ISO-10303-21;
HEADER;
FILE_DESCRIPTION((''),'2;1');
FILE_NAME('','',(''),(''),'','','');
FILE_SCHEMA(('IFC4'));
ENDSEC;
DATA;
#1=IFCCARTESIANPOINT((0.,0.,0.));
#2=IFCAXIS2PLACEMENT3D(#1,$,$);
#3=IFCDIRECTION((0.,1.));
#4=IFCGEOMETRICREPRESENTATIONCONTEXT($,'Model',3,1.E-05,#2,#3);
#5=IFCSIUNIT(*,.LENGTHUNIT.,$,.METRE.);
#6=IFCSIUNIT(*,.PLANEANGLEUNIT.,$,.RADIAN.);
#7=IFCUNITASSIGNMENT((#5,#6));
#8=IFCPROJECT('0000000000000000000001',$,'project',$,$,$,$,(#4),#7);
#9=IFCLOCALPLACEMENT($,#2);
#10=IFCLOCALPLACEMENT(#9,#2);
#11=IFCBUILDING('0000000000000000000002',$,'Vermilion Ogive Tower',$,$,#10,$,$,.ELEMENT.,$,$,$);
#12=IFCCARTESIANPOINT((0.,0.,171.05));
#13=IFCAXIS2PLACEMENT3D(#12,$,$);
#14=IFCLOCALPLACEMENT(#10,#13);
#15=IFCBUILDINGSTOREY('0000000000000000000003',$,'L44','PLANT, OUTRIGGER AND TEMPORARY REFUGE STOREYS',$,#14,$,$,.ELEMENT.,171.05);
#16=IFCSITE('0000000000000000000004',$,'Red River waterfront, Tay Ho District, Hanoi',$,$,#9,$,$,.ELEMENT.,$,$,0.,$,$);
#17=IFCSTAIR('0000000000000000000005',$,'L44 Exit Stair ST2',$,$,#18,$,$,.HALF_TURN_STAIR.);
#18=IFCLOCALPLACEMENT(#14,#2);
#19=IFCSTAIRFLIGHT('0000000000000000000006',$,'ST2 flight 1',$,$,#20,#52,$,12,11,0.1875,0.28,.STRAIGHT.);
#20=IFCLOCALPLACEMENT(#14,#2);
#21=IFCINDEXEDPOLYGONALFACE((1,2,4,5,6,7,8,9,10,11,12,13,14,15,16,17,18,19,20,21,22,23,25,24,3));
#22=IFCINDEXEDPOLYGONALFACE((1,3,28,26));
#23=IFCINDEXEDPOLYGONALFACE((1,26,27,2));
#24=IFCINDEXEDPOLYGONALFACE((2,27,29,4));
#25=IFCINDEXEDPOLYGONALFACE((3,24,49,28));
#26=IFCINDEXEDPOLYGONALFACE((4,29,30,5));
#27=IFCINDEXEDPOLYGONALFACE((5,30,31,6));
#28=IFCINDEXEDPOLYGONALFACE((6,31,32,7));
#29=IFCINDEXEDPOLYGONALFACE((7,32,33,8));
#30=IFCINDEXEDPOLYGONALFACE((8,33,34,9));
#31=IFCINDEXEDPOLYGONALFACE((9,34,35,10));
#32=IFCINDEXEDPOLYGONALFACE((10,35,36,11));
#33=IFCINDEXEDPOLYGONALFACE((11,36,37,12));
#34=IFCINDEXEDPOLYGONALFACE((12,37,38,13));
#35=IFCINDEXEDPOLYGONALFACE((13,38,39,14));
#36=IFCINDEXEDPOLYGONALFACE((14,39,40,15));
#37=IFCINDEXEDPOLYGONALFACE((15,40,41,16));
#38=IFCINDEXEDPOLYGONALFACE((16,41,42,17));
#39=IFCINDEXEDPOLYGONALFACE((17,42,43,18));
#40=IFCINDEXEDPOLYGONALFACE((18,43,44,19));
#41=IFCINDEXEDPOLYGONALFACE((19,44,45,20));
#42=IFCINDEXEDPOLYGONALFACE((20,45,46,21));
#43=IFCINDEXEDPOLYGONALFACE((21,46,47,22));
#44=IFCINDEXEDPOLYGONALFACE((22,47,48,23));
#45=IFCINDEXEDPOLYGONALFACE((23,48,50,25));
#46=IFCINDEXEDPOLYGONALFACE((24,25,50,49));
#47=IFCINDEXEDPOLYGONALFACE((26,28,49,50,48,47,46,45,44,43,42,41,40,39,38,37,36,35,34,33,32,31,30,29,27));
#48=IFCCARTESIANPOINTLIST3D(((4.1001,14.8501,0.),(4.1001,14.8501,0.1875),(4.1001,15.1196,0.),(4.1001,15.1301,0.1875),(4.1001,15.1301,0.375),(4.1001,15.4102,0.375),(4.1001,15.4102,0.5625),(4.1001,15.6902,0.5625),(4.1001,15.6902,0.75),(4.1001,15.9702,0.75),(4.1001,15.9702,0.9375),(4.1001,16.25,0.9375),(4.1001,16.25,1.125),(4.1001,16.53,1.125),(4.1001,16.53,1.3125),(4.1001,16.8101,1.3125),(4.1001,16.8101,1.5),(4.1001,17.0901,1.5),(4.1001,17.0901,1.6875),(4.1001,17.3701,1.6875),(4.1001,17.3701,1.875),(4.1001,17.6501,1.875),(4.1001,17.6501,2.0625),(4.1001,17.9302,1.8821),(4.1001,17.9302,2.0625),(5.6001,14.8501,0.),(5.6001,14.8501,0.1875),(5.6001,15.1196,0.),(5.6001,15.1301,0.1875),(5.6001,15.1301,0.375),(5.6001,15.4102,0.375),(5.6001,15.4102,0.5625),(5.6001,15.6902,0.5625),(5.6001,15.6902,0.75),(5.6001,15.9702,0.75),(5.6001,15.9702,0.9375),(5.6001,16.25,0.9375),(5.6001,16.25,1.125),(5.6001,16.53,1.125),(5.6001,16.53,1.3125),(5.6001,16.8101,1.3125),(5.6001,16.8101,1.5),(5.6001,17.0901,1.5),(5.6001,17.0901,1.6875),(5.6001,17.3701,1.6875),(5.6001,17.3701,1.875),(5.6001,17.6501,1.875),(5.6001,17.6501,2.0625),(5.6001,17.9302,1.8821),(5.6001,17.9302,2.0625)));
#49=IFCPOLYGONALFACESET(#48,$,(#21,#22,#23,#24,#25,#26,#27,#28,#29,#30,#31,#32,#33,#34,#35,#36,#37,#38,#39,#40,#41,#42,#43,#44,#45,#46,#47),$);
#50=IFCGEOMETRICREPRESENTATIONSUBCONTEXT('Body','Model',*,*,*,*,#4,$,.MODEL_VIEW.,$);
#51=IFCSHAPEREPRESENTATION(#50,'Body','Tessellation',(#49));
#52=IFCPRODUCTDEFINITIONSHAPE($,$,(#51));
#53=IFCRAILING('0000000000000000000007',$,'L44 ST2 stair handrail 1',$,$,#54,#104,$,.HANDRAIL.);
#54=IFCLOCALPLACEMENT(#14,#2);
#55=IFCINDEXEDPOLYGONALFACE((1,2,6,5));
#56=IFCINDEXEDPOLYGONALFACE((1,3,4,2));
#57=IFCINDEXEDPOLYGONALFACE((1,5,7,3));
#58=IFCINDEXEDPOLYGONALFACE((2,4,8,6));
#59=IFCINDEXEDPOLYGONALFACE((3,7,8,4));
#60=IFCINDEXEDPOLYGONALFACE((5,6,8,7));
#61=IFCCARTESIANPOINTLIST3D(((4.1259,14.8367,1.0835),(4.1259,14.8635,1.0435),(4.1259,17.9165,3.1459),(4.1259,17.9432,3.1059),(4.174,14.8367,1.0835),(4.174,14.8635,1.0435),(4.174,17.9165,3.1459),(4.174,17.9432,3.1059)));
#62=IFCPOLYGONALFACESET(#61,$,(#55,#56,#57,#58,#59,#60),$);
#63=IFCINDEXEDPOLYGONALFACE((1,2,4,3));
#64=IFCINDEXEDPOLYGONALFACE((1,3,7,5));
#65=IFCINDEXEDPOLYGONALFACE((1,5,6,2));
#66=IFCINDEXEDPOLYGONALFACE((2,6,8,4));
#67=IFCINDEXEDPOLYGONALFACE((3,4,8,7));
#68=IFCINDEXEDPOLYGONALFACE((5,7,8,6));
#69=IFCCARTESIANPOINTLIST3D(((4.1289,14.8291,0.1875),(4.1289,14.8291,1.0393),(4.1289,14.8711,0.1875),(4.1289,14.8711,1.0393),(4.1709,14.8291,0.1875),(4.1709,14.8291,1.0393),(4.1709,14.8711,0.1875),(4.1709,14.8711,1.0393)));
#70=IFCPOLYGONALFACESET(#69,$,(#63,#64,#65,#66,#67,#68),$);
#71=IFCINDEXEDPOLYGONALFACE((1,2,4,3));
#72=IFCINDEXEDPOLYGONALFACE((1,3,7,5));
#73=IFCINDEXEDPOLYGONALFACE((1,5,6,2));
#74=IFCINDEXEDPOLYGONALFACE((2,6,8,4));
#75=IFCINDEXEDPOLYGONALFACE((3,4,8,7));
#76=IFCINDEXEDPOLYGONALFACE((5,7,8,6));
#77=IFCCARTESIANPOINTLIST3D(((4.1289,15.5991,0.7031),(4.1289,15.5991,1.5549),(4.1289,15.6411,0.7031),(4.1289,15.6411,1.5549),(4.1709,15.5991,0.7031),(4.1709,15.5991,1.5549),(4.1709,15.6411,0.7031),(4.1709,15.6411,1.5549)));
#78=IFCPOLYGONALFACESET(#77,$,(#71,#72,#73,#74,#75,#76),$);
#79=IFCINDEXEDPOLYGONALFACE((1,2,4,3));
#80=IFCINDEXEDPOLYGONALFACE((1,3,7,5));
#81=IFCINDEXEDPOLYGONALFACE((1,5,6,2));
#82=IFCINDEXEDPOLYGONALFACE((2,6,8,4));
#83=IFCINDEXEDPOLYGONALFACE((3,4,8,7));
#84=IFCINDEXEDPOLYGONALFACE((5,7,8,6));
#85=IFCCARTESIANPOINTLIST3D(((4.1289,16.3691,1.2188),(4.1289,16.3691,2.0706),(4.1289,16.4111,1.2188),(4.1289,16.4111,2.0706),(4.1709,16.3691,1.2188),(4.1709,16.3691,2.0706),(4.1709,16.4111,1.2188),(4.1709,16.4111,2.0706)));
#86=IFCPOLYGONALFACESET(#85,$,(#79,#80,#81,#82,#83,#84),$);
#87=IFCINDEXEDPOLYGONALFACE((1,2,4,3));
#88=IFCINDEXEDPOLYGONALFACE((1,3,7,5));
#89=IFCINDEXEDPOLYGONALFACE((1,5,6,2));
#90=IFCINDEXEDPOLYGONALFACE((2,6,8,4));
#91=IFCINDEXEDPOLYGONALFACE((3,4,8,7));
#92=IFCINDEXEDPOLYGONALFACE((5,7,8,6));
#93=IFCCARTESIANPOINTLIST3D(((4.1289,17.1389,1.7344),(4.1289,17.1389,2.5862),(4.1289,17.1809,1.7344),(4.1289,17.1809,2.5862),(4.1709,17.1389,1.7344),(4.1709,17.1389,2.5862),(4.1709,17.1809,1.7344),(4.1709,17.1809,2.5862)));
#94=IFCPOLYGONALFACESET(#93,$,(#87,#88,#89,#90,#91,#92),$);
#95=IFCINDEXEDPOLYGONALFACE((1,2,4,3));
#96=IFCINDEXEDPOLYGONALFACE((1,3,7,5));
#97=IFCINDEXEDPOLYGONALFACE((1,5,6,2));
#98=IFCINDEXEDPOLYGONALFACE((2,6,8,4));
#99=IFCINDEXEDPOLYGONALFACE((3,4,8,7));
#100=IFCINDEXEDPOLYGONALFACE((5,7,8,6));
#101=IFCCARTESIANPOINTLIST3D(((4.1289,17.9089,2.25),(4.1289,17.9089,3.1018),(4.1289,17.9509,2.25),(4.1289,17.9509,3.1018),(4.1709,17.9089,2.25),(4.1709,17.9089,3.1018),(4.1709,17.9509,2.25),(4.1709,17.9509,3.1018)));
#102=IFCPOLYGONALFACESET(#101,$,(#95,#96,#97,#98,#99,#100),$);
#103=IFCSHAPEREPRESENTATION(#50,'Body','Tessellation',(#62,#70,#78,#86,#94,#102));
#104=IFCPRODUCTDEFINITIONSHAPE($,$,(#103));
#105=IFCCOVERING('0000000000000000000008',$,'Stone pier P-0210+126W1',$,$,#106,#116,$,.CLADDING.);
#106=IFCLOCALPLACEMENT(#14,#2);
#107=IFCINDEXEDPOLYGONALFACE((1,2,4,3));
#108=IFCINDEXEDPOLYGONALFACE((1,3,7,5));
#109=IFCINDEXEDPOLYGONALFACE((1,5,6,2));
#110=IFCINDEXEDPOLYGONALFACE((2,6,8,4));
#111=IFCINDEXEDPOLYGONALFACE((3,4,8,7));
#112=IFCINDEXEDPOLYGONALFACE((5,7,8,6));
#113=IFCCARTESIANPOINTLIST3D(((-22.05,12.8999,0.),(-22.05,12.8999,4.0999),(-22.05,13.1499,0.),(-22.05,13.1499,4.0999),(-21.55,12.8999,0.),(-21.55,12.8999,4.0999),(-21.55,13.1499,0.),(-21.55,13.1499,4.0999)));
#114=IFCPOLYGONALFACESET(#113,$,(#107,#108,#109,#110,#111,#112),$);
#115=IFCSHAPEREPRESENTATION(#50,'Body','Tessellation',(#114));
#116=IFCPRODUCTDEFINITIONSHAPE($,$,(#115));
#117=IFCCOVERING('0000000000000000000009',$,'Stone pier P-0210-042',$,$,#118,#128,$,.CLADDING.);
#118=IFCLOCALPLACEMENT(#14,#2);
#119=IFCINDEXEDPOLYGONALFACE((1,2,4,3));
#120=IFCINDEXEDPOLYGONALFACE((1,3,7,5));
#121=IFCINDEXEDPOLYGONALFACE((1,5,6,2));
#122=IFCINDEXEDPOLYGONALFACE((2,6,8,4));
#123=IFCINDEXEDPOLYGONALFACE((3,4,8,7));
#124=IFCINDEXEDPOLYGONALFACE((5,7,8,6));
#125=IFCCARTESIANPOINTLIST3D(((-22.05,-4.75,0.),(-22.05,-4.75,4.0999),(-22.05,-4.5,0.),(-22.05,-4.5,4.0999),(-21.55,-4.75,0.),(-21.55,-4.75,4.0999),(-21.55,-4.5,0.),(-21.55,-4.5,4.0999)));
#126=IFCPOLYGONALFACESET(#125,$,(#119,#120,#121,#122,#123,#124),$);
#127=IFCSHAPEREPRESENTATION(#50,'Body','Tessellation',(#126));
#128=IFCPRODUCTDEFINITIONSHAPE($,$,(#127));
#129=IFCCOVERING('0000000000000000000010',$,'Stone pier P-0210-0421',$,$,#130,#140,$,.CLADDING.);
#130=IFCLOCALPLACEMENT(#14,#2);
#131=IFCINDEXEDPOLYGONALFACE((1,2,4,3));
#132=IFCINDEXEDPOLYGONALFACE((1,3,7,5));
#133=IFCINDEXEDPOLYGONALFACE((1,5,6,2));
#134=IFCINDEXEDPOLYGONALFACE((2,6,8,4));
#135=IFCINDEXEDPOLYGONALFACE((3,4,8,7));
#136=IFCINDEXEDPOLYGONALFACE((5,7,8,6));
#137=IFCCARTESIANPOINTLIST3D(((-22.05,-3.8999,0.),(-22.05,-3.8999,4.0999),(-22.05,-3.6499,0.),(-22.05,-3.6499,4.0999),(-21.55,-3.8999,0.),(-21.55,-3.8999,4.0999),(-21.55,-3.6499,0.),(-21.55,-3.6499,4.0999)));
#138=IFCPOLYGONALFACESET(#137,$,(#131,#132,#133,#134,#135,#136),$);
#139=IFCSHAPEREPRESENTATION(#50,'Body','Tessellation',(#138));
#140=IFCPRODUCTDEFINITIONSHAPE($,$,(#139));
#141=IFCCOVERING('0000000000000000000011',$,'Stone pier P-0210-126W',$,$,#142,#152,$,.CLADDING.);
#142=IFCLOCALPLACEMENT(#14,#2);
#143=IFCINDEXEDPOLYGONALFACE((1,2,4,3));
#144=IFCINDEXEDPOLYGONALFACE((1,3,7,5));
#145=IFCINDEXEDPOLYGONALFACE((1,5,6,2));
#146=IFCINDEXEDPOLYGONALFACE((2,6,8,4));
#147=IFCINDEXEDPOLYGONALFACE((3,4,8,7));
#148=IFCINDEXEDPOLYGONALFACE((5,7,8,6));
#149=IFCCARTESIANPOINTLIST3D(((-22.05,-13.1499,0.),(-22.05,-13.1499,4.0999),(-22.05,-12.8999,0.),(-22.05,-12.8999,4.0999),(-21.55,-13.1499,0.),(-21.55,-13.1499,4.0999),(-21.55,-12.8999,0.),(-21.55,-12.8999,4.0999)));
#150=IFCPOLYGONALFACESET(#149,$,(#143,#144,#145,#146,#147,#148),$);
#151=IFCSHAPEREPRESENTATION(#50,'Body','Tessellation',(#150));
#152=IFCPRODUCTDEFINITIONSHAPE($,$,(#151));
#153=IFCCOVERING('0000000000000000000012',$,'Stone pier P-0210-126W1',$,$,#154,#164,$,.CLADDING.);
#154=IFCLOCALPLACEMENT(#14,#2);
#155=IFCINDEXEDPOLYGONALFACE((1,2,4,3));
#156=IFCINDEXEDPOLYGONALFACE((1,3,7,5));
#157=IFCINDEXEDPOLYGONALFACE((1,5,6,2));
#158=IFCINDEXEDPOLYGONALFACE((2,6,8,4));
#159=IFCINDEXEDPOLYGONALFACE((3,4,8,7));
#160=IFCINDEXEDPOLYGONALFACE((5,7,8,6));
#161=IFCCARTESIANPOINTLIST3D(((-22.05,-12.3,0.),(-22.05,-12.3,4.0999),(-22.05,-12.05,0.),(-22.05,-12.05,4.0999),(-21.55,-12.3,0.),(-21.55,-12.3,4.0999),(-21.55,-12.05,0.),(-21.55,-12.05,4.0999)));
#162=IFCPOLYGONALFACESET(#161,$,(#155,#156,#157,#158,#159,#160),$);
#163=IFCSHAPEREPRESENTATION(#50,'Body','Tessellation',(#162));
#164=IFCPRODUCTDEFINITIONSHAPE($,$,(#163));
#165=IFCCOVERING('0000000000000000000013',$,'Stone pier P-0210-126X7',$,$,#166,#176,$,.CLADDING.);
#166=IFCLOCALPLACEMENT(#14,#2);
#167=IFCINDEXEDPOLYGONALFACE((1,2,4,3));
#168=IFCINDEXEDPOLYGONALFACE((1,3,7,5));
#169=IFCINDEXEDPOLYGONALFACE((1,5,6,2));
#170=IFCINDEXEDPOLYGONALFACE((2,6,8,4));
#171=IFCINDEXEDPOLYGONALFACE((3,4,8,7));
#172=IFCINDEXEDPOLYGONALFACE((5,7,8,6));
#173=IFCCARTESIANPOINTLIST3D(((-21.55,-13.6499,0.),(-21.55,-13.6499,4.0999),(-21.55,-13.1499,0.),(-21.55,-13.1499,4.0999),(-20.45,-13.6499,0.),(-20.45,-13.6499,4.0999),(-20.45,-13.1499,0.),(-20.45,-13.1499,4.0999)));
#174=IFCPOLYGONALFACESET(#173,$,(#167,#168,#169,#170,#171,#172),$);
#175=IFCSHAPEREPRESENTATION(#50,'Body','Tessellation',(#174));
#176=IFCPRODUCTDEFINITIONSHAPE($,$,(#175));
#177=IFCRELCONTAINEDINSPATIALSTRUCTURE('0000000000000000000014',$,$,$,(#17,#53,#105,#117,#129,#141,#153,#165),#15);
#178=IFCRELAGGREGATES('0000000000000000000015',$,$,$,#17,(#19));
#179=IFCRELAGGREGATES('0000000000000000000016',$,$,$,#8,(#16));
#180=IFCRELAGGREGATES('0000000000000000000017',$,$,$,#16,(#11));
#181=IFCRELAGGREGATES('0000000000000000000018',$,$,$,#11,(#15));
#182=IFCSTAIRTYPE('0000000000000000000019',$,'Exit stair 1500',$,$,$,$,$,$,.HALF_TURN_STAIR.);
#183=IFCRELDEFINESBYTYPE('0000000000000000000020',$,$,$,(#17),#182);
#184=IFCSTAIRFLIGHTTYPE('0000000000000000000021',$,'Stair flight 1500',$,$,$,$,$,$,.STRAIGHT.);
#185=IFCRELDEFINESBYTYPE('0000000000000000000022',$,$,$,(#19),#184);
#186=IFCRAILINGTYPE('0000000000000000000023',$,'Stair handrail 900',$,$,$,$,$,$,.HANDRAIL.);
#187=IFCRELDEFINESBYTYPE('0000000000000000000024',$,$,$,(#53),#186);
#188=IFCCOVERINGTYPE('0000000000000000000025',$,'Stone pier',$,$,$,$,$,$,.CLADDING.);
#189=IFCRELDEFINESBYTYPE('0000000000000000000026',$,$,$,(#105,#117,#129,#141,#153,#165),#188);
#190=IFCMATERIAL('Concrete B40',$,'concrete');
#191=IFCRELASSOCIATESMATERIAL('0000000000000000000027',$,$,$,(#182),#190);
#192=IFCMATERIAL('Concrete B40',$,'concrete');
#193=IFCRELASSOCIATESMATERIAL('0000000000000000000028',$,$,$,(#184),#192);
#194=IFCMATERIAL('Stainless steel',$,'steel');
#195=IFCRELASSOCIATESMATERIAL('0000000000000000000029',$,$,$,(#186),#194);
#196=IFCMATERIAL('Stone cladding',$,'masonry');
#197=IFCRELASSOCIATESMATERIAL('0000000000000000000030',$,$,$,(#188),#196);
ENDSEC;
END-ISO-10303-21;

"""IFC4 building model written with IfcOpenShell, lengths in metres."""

from ifc_helpers import new_model, si_unit, direction, frame, origin, origin_2d, place, context, subcontext, project, spatial, polyline, rectangle, outline, extrude, material, type_object, element, aggregate, save


model = new_model("IFC4")

# Units and contexts
model_context = context("Model", 3, precision=1e-05, world=origin(), true_north=direction((0.0, 1.0)))
body_context = subcontext(model_context, "Body", "Model", "MODEL_VIEW")
ifc_project = project(units=[si_unit("LENGTHUNIT", "METRE"), si_unit("PLANEANGLEUNIT", "RADIAN")], contexts=[model_context])

# Site, building, storey
site_placement = place(None, origin())
site = spatial("IfcSite", under=ifc_project, at=site_placement, Name="Red River waterfront, Tay Ho District, Hanoi", CompositionType="ELEMENT", RefElevation=0.0)
building_placement = place(site_placement, origin())
building = spatial("IfcBuilding", under=site, at=building_placement, Name="Vermilion Ogive Tower", CompositionType="ELEMENT")
storey_placement = place(building_placement, frame((0.0, 0.0, 171.05)))
storey = spatial("IfcBuildingStorey", under=building, at=storey_placement, Name="L44", Description="PLANT, OUTRIGGER AND TEMPORARY REFUGE STOREYS", CompositionType="ELEMENT", Elevation=171.05)

# Stair
ifc_material_1 = material(Name="Concrete B40", Category="concrete")
stair_type = type_object("IfcStairType", Name="Exit stair 1500", PredefinedType="HALF_TURN_STAIR", material=ifc_material_1)
stair_1_placement = place(storey_placement, origin())
stair_1 = element("IfcStair", 1, at=stair_1_placement, inside=storey, type_object=stair_type, Name="L44 Exit Stair ST2", PredefinedType="HALF_TURN_STAIR")

# Stair flight
ifc_material_2 = material(Name="Concrete B40", Category="concrete")
stair_flight_type = type_object("IfcStairFlightType", Name="Stair flight 1500", PredefinedType="STRAIGHT", material=ifc_material_2)
stair_flight_placement = place(storey_placement, frame((4.8501, 14.8501, 0.0), z_axis=(0.0, 0.0, 1.0), x_axis=(0.0, 1.0, 0.0)))
stair_flight = element("IfcStairFlight", 2, at=stair_flight_placement, type_object=stair_flight_type, Name="ST2 flight 1", NumberOfRisers=12, NumberOfTreads=11, PredefinedType="STRAIGHT", RiserHeight=0.1875, TreadLength=0.28, context=body_context, shape_type="SweptSolid", body=[
    extrude(outline(polyline([(0.0, 0.0), (0.0, 0.1875), (0.28, 0.1875), (0.28, 0.375), (0.5601, 0.375), (0.5601, 0.5625), (0.8401, 0.5625), (0.8401, 0.75), (1.1201, 0.75), (1.1201, 0.9375), (1.3999, 0.9375), (1.3999, 1.125), (1.6799, 1.125), (1.6799, 1.3125), (1.96, 1.3125), (1.96, 1.5), (2.24, 1.5), (2.24, 1.6875), (2.52, 1.6875), (2.52, 1.875), (2.8, 1.875), (2.8, 2.0625), (3.0801, 2.0625), (3.0801, 2.25), (3.0801, 1.8821), (0.2695, 0.0), (0.0, 0.0)])), frame((0.0, 0.75, 0.0), z_axis=(0.0, -1.0, 0.0), x_axis=(1.0, 0.0, 0.0)), (0.0, 0.0, 1.0), 1.5),
])
aggregate(stair_1, [stair_flight])

# Railing
ifc_material_3 = material(Name="Stainless steel", Category="steel")
railing_type = type_object("IfcRailingType", Name="Stair handrail 900", PredefinedType="HANDRAIL", material=ifc_material_3)
railing_placement = place(storey_placement, frame((4.1499, 14.8501, 0.1875)))
element("IfcRailing", 3, at=railing_placement, inside=storey, type_object=railing_type, Name="L44 ST2 stair handrail 1", PredefinedType="HANDRAIL", context=body_context, shape_type="SweptSolid", body=[
    extrude(rectangle(XDim=0.0481, YDim=0.0481, at=origin_2d()), frame((0.0, 0.0, 0.876), z_axis=(0.0, 0.830893, 0.556432), x_axis=(-1.0, 0.0, 0.0)), (0.0, 0.0, 1.0), 3.7065),
    extrude(rectangle(XDim=0.042, YDim=0.042, at=origin_2d()), origin(), (0.0, 0.0, 1.0), 0.8518),
    extrude(rectangle(XDim=0.042, YDim=0.042, at=origin_2d()), frame((0.0, 0.77, 0.5156)), (0.0, 0.0, 1.0), 0.8518),
    extrude(rectangle(XDim=0.042, YDim=0.042, at=origin_2d()), frame((0.0, 1.54, 1.0312)), (0.0, 0.0, 1.0), 0.8518),
    extrude(rectangle(XDim=0.042, YDim=0.042, at=origin_2d()), frame((0.0, 2.3098, 1.5469)), (0.0, 0.0, 1.0), 0.8518),
    extrude(rectangle(XDim=0.042, YDim=0.042, at=origin_2d()), frame((0.0, 3.0798, 2.0625)), (0.0, 0.0, 1.0), 0.8518),
])

# Coverings
ifc_material_4 = material(Name="Stone cladding", Category="masonry")
covering_type = type_object("IfcCoveringType", Name="Stone pier", PredefinedType="CLADDING", material=ifc_material_4)
covering_1_placement = place(storey_placement, origin())
element("IfcCovering", 4, at=covering_1_placement, inside=storey, type_object=covering_type, Name="Stone pier P-0210+126W1", PredefinedType="CLADDING", context=body_context, shape_type="SweptSolid", body=[
    extrude(outline(polyline([(-21.55, 13.1499), (-21.55, 12.8999), (-22.05, 12.8999), (-22.05, 13.1499), (-21.55, 13.1499)])), origin(), (0.0, 0.0, 1.0), 4.0999),
])
covering_2_placement = place(storey_placement, origin())
element("IfcCovering", 5, at=covering_2_placement, inside=storey, type_object=covering_type, Name="Stone pier P-0210-042", PredefinedType="CLADDING", context=body_context, shape_type="SweptSolid", body=[
    extrude(outline(polyline([(-21.55, -4.75), (-22.05, -4.75), (-22.05, -4.5), (-21.55, -4.5), (-21.55, -4.75), (-21.55, -4.75)])), origin(), (0.0, 0.0, 1.0), 4.0999),
])
covering_3_placement = place(storey_placement, origin())
element("IfcCovering", 6, at=covering_3_placement, inside=storey, type_object=covering_type, Name="Stone pier P-0210-0421", PredefinedType="CLADDING", context=body_context, shape_type="SweptSolid", body=[
    extrude(outline(polyline([(-22.05, -3.6499), (-21.55, -3.6499), (-21.55, -3.8999), (-22.05, -3.8999), (-22.05, -3.6499)])), origin(), (0.0, 0.0, 1.0), 4.0999),
])
covering_4_placement = place(storey_placement, origin())
element("IfcCovering", 7, at=covering_4_placement, inside=storey, type_object=covering_type, Name="Stone pier P-0210-126W", PredefinedType="CLADDING", context=body_context, shape_type="SweptSolid", body=[
    extrude(outline(polyline([(-22.05, -13.1499), (-22.05, -12.8999), (-21.55, -12.8999), (-21.55, -13.1499), (-22.05, -13.1499)])), origin(), (0.0, 0.0, 1.0), 4.0999),
])
covering_5_placement = place(storey_placement, origin())
element("IfcCovering", 8, at=covering_5_placement, inside=storey, type_object=covering_type, Name="Stone pier P-0210-126W1", PredefinedType="CLADDING", context=body_context, shape_type="SweptSolid", body=[
    extrude(outline(polyline([(-22.05, -12.05), (-21.55, -12.05), (-21.55, -12.3), (-22.05, -12.3), (-22.05, -12.05)])), origin(), (0.0, 0.0, 1.0), 4.0999),
])
covering_6_placement = place(storey_placement, origin())
element("IfcCovering", 9, at=covering_6_placement, inside=storey, type_object=covering_type, Name="Stone pier P-0210-126X7", PredefinedType="CLADDING", context=body_context, shape_type="SweptSolid", body=[
    extrude(outline(polyline([(-21.55, -13.6499), (-21.55, -13.1499), (-20.45, -13.1499), (-20.45, -13.6499), (-21.55, -13.6499)])), origin(), (0.0, 0.0, 1.0), 4.0999),
])

save(model, "model.ifc")
